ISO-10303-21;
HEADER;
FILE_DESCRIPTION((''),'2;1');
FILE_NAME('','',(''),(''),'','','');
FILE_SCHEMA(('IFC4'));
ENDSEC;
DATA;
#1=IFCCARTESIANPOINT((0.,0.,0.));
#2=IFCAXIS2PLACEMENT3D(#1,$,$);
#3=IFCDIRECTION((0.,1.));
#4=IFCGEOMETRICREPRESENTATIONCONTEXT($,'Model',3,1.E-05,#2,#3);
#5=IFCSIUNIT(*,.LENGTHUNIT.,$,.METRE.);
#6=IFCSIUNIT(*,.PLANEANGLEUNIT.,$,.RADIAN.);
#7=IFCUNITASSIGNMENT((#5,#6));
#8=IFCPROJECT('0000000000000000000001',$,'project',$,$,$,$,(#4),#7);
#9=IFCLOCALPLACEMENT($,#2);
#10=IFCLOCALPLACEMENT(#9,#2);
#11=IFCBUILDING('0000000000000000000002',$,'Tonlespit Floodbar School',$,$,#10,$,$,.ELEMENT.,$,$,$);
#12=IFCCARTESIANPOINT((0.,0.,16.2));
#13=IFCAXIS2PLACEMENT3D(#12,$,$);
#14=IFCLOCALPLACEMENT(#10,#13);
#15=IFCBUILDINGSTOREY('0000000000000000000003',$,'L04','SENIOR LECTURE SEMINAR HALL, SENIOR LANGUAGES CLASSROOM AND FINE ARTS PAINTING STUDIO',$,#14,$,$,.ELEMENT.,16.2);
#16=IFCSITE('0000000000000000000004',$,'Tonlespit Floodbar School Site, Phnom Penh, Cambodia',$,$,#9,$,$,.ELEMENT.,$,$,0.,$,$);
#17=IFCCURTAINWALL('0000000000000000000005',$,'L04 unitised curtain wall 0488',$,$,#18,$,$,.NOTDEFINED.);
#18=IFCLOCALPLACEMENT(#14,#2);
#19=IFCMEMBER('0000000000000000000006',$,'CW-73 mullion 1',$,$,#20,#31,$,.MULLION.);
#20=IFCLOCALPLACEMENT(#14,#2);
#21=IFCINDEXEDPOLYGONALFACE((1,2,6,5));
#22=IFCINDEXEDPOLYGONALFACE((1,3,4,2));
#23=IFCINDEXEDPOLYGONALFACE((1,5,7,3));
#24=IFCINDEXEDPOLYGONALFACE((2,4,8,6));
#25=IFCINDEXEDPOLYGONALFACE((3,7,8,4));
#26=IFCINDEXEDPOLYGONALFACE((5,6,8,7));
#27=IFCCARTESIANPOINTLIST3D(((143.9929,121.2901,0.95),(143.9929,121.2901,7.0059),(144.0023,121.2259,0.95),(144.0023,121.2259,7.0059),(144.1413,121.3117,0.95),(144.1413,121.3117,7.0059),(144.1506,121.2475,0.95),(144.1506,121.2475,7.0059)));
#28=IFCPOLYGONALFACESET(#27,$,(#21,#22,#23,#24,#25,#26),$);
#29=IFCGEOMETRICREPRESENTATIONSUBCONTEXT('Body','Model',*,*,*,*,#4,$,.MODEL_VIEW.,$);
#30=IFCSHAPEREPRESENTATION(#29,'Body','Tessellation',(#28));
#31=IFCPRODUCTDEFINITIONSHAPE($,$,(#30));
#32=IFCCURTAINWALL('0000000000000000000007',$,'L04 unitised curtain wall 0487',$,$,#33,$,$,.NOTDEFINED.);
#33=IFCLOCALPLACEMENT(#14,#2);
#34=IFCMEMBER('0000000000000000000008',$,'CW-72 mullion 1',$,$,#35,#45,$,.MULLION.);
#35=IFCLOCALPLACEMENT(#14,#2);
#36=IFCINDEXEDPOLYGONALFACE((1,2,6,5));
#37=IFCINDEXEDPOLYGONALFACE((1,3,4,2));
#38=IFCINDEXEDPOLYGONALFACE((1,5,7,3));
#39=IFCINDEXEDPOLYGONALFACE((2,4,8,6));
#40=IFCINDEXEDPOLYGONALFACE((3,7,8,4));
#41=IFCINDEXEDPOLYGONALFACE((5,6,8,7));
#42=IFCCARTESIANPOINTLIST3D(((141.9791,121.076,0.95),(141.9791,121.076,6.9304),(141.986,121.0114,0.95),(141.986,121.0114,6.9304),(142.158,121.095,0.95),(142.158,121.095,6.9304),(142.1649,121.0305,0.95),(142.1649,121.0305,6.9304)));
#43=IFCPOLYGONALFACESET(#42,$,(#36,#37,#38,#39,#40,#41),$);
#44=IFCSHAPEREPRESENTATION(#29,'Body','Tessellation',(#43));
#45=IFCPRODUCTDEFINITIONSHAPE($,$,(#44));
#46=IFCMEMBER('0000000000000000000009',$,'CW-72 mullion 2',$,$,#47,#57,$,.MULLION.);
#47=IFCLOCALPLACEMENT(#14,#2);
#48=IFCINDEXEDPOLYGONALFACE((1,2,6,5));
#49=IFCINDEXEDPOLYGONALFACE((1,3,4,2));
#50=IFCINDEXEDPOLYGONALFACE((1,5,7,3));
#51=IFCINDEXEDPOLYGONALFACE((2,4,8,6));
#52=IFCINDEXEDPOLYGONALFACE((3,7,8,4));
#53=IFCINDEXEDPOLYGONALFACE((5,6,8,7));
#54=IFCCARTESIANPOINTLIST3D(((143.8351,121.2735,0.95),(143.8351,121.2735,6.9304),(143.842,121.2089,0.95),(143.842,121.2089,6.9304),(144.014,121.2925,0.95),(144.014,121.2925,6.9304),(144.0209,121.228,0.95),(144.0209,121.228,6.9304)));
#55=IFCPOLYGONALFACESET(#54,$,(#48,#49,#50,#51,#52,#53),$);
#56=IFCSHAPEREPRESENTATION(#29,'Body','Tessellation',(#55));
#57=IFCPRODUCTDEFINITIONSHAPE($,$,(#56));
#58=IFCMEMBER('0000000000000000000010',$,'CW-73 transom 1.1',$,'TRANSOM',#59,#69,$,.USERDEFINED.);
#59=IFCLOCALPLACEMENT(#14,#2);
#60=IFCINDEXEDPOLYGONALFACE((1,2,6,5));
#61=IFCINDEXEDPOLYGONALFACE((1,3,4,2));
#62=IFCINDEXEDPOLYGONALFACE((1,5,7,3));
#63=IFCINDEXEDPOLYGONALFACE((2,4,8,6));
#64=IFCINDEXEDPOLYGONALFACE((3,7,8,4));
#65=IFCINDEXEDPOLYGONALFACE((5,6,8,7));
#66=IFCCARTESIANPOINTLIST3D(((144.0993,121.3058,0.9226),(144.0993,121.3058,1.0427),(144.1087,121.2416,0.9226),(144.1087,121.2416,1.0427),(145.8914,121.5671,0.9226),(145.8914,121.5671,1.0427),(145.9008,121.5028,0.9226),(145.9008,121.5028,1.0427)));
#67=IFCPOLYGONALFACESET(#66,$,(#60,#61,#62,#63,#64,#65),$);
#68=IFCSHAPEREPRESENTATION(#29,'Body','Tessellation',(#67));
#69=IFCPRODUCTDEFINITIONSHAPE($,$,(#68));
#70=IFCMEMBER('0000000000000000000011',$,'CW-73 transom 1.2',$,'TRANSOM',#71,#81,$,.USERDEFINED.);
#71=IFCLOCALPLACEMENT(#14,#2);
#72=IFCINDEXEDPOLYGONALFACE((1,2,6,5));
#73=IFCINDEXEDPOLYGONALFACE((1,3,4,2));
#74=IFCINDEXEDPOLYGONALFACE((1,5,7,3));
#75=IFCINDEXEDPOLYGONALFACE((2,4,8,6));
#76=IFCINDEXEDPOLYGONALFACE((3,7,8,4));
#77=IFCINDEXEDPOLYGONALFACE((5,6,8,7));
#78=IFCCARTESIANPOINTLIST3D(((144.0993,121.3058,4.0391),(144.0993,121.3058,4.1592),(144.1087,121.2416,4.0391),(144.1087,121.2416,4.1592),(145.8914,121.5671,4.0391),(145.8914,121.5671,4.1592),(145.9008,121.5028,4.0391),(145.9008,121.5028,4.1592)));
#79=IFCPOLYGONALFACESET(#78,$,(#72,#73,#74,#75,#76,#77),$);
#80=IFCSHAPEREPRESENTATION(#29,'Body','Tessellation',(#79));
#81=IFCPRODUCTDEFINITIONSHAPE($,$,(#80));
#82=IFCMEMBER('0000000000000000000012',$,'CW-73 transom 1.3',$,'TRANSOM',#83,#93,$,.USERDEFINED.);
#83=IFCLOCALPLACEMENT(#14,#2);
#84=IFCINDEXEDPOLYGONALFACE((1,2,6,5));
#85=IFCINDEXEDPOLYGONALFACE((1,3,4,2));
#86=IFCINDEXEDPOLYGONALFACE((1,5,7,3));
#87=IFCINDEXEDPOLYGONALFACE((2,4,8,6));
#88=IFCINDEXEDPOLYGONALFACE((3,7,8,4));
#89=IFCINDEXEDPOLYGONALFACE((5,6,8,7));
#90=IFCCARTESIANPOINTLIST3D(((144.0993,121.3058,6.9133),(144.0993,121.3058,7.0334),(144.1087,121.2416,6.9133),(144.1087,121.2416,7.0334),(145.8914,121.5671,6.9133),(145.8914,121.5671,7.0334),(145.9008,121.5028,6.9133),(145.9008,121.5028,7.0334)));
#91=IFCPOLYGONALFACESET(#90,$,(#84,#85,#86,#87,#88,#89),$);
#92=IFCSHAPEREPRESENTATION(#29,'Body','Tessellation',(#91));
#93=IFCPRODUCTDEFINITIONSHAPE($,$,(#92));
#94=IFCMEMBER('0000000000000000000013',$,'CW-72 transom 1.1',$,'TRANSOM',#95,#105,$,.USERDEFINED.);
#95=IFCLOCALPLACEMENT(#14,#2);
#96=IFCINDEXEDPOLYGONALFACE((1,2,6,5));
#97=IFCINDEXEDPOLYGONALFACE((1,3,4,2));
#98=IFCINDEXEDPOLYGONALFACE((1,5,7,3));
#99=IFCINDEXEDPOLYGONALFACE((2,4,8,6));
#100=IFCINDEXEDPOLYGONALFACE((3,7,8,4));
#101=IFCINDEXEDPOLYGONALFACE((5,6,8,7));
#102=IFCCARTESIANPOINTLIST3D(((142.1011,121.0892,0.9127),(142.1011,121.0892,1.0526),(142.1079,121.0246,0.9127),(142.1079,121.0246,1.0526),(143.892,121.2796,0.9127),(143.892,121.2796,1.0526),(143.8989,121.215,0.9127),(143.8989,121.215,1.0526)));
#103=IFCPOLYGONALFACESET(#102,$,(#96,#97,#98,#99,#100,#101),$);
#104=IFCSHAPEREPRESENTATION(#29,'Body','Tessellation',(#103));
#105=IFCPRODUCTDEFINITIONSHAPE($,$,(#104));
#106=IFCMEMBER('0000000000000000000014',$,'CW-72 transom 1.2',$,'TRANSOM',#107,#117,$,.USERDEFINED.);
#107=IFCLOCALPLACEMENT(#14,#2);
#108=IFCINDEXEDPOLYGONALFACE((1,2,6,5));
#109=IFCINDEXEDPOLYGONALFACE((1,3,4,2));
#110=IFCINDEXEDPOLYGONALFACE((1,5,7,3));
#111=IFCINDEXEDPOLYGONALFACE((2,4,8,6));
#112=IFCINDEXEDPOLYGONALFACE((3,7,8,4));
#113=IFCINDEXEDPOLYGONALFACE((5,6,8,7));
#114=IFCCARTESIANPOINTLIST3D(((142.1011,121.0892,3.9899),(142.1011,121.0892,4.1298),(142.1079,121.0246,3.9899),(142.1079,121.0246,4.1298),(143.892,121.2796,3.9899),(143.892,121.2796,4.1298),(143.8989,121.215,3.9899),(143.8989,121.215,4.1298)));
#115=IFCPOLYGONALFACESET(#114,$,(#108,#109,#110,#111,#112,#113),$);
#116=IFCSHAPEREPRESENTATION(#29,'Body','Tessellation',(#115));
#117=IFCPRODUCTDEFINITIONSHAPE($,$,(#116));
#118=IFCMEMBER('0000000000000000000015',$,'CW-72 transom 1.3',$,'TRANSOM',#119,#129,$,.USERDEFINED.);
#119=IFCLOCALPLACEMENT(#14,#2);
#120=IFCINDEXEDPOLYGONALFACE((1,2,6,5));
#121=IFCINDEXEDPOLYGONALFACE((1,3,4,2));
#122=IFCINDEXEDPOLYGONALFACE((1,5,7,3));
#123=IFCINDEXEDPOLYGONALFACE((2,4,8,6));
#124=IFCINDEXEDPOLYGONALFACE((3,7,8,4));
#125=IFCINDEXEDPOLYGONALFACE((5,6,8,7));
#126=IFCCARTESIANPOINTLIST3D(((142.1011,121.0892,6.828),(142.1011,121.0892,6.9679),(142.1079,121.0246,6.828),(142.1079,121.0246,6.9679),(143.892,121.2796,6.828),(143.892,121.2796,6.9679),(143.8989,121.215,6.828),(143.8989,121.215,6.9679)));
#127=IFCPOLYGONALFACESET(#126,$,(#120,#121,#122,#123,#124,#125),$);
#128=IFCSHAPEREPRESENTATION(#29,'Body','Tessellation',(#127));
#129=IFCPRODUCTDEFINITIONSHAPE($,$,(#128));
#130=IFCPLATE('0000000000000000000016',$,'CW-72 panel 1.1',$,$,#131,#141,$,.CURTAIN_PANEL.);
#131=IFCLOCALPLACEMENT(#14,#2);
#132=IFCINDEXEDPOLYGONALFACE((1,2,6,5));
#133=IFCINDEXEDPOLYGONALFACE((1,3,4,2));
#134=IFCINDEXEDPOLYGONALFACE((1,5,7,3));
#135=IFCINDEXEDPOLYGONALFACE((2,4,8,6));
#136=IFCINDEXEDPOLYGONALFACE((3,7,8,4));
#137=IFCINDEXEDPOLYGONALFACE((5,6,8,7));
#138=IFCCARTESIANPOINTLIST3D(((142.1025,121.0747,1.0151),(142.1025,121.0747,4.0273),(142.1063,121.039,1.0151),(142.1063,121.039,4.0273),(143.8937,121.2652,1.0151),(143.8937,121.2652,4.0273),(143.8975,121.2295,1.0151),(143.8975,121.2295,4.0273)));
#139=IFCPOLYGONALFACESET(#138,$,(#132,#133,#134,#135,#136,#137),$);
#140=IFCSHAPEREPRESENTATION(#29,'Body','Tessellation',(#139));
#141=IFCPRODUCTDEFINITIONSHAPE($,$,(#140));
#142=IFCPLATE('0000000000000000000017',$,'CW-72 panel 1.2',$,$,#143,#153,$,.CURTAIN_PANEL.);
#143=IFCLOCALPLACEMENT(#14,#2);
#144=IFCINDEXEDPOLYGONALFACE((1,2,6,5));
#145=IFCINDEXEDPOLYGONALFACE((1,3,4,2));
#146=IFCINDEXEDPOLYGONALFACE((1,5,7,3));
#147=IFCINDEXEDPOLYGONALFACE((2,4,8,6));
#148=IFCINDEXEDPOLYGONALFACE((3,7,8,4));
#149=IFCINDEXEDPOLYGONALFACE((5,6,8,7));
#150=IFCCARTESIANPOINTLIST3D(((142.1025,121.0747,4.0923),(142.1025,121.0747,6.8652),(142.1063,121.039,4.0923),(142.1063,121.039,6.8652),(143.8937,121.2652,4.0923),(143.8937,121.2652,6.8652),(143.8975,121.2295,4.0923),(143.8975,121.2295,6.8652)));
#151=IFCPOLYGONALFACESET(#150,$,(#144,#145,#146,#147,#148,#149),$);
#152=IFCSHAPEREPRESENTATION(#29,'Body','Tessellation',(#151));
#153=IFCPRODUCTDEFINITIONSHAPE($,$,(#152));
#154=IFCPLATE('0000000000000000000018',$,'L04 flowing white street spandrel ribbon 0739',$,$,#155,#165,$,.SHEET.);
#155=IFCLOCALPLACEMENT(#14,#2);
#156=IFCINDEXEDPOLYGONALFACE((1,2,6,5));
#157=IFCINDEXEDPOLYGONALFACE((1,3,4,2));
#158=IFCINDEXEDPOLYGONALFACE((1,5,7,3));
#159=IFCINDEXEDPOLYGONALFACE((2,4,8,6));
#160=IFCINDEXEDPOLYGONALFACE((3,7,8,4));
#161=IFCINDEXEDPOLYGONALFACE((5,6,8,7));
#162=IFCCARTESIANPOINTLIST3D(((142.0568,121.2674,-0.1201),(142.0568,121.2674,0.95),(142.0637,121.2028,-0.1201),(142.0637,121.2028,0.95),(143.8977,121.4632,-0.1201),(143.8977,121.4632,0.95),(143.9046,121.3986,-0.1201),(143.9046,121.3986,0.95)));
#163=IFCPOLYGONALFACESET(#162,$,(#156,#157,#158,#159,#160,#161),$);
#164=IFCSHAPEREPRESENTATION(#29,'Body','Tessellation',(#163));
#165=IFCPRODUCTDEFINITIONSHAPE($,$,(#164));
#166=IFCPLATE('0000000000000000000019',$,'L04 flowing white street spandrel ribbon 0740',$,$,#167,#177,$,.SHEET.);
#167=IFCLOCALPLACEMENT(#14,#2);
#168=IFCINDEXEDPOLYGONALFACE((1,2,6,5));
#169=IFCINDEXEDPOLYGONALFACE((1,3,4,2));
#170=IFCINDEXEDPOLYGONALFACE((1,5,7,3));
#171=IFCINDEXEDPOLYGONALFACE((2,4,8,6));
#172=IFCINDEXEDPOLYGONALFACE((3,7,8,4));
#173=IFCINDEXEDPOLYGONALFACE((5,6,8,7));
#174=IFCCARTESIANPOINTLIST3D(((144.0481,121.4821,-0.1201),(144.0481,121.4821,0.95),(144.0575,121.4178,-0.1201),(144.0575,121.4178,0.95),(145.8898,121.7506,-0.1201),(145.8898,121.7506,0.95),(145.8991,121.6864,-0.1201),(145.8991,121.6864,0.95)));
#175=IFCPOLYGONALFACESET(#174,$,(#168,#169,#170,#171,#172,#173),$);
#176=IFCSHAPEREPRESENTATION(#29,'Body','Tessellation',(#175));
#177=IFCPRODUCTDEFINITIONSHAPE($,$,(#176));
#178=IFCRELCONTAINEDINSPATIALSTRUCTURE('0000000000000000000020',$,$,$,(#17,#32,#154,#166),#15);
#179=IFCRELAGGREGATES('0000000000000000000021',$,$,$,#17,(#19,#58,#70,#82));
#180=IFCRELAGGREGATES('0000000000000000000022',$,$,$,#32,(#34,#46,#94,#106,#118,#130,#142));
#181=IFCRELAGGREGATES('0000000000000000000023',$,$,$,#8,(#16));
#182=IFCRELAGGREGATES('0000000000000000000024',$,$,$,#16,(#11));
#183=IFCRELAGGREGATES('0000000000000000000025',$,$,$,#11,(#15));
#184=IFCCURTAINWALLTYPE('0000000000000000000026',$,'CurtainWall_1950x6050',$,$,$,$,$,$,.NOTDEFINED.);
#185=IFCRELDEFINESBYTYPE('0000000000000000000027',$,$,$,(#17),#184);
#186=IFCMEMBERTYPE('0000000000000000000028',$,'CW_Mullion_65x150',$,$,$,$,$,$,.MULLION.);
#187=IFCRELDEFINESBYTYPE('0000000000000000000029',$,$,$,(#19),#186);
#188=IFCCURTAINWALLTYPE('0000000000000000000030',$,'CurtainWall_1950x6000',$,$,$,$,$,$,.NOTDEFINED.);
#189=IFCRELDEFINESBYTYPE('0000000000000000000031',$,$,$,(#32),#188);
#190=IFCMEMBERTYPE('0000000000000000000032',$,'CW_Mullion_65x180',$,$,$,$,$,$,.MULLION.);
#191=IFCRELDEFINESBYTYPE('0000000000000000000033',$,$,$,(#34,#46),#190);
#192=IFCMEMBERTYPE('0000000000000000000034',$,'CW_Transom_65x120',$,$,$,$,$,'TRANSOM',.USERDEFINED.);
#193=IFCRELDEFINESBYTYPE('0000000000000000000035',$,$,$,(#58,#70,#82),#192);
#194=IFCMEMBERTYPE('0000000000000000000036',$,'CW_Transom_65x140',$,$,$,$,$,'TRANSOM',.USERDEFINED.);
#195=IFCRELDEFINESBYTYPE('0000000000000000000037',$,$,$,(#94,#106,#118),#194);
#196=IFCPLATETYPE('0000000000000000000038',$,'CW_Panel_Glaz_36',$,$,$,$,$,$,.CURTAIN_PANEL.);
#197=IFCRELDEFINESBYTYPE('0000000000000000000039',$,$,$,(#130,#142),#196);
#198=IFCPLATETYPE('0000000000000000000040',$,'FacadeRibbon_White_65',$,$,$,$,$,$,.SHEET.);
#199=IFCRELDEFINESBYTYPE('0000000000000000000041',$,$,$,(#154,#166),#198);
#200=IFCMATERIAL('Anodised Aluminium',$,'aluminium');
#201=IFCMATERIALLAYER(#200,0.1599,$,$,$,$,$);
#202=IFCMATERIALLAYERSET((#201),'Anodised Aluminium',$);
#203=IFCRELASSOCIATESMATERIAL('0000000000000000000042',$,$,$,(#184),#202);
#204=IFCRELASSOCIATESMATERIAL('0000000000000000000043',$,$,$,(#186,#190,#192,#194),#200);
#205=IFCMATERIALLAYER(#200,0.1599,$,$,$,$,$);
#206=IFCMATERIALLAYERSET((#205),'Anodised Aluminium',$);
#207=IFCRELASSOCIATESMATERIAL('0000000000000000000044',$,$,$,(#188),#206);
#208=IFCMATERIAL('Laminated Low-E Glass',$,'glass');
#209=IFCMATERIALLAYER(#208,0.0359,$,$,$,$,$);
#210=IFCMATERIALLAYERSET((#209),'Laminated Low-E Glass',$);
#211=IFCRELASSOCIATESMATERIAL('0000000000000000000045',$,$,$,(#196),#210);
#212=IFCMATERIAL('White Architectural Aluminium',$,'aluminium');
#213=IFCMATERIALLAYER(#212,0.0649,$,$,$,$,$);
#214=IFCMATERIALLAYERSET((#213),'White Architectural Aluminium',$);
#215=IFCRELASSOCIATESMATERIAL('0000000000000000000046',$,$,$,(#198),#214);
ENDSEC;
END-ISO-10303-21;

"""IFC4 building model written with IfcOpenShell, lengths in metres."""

from ifc_helpers import new_model, si_unit, direction, frame, origin, origin_2d, place, context, subcontext, project, spatial, rectangle, extrude, material, layer, layer_set, material_profile, profile_set, type_object, element, aggregate, save


model = new_model("IFC4")

# Units and contexts
model_context = context("Model", 3, precision=1e-05, world=origin(), true_north=direction((0.0, 1.0)))
body_context = subcontext(model_context, "Body", "Model", "MODEL_VIEW")
ifc_project = project(units=[si_unit("LENGTHUNIT", "METRE"), si_unit("PLANEANGLEUNIT", "RADIAN")], contexts=[model_context])

# Site, building, storey
site_placement = place(None, origin())
site = spatial("IfcSite", under=ifc_project, at=site_placement, Name="Tonlespit Floodbar School Site, Phnom Penh, Cambodia", CompositionType="ELEMENT", RefElevation=0.0)
building_placement = place(site_placement, origin())
building = spatial("IfcBuilding", under=site, at=building_placement, Name="Tonlespit Floodbar School", CompositionType="ELEMENT")
storey_placement = place(building_placement, frame((0.0, 0.0, 16.2)))
storey = spatial("IfcBuildingStorey", under=building, at=storey_placement, Name="L04", Description="SENIOR LECTURE SEMINAR HALL, SENIOR LANGUAGES CLASSROOM AND FINE ARTS PAINTING STUDIO", CompositionType="ELEMENT", Elevation=16.2)

# Curtain wall, member
ifc_material_1 = material(Name="Anodised Aluminium", Category="aluminium")
ifc_layer_1 = layer(ifc_material_1, 0.1599)
ifc_layer_set_1 = layer_set([ifc_layer_1], Name="Anodised Aluminium")
curtain_wall_type_1 = type_object("IfcCurtainWallType", Name="CurtainWall_1950x6050", PredefinedType="NOTDEFINED", material=ifc_layer_set_1)
curtain_wall_1_placement = place(storey_placement, origin())
curtain_wall_1 = element("IfcCurtainWall", 1, at=curtain_wall_1_placement, inside=storey, type_object=curtain_wall_type_1, Name="L04 unitised curtain wall 0488", PredefinedType="NOTDEFINED")
ifc_material_profile_1 = material_profile(ifc_material_1, rectangle(XDim=0.0649, YDim=0.1499, at=origin_2d()), Name="ALU M65x150")
ifc_profile_set_1 = profile_set([ifc_material_profile_1], Name="Anodised Aluminium")
member_type_1 = type_object("IfcMemberType", Name="CW_Mullion_65x150", PredefinedType="MULLION", material=ifc_profile_set_1)
member_1_placement = place(storey_placement, frame((144.0718, 121.2688, 0.95), z_axis=(0.0, 0.0, 1.0), x_axis=(-0.144248, 0.989542, 0.0)))
member_1 = element("IfcMember", 2, at=member_1_placement, type_object=member_type_1, Name="CW-73 mullion 1", PredefinedType="MULLION", context=body_context, shape_type="SweptSolid", body=[
    extrude(rectangle(XDim=0.0649, YDim=0.1499, at=origin_2d()), origin(), (0.0, 0.0, 1.0), 6.0559),
])

# Curtain wall, members
ifc_layer_2 = layer(ifc_material_1, 0.1599)
ifc_layer_set_2 = layer_set([ifc_layer_2], Name="Anodised Aluminium")
curtain_wall_type_2 = type_object("IfcCurtainWallType", Name="CurtainWall_1950x6000", PredefinedType="NOTDEFINED", material=ifc_layer_set_2)
curtain_wall_2_placement = place(storey_placement, origin())
curtain_wall_2 = element("IfcCurtainWall", 3, at=curtain_wall_2_placement, inside=storey, type_object=curtain_wall_type_2, Name="L04 unitised curtain wall 0487", PredefinedType="NOTDEFINED")
ifc_material_profile_2 = material_profile(ifc_material_1, rectangle(XDim=0.0649, YDim=0.1799, at=origin_2d()), Name="ALU M65x180")
ifc_profile_set_2 = profile_set([ifc_material_profile_2], Name="Anodised Aluminium")
member_type_2 = type_object("IfcMemberType", Name="CW_Mullion_65x180", PredefinedType="MULLION", material=ifc_profile_set_2)
member_2_placement = place(storey_placement, frame((142.072, 121.0532, 0.95), z_axis=(0.0, 0.0, 1.0), x_axis=(-0.105787, 0.994389, 0.0)))
member_2 = element("IfcMember", 4, at=member_2_placement, type_object=member_type_2, Name="CW-72 mullion 1", PredefinedType="MULLION", context=body_context, shape_type="SweptSolid", body=[
    extrude(rectangle(XDim=0.0649, YDim=0.1799, at=origin_2d()), origin(), (0.0, 0.0, 1.0), 5.9805),
])
member_3_placement = place(storey_placement, frame((143.928, 121.2507, 0.95), z_axis=(0.0, 0.0, 1.0), x_axis=(-0.105787, 0.994389, 0.0)))
member_3 = element("IfcMember", 5, at=member_3_placement, type_object=member_type_2, Name="CW-72 mullion 2", PredefinedType="MULLION", context=body_context, shape_type="SweptSolid", body=[
    extrude(rectangle(XDim=0.0649, YDim=0.1799, at=origin_2d()), origin(), (0.0, 0.0, 1.0), 5.9805),
])

# Members
ifc_material_profile_3 = material_profile(ifc_material_1, rectangle(XDim=0.0649, YDim=0.1201, at=origin_2d()), Name="ALU T65x120")
ifc_profile_set_3 = profile_set([ifc_material_profile_3], Name="Anodised Aluminium")
member_type_3 = type_object("IfcMemberType", Name="CW_Transom_65x120", ElementType="TRANSOM", PredefinedType="USERDEFINED", material=ifc_profile_set_3)
member_4_placement = place(storey_placement, frame((144.104, 121.2737, 0.9827), z_axis=(0.989541, 0.144252, 0.0), x_axis=(-0.144252, 0.989541, 0.0)))
member_4 = element("IfcMember", 6, at=member_4_placement, type_object=member_type_3, Name="CW-73 transom 1.1", ObjectType="TRANSOM", PredefinedType="USERDEFINED", context=body_context, shape_type="SweptSolid", body=[
    extrude(rectangle(XDim=0.0649, YDim=0.1201, at=origin_2d()), origin(), (0.0, 0.0, 1.0), 1.811),
])
member_5_placement = place(storey_placement, frame((144.104, 121.2737, 4.0991), z_axis=(0.989541, 0.144252, 0.0), x_axis=(-0.144252, 0.989541, 0.0)))
member_5 = element("IfcMember", 7, at=member_5_placement, type_object=member_type_3, Name="CW-73 transom 1.2", ObjectType="TRANSOM", PredefinedType="USERDEFINED", context=body_context, shape_type="SweptSolid", body=[
    extrude(rectangle(XDim=0.0649, YDim=0.1201, at=origin_2d()), origin(), (0.0, 0.0, 1.0), 1.811),
])
member_6_placement = place(storey_placement, frame((144.104, 121.2737, 6.9734), z_axis=(0.989541, 0.144252, 0.0), x_axis=(-0.144252, 0.989541, 0.0)))
member_6 = element("IfcMember", 8, at=member_6_placement, type_object=member_type_3, Name="CW-73 transom 1.3", ObjectType="TRANSOM", PredefinedType="USERDEFINED", context=body_context, shape_type="SweptSolid", body=[
    extrude(rectangle(XDim=0.0649, YDim=0.1201, at=origin_2d()), origin(), (0.0, 0.0, 1.0), 1.811),
])
aggregate(curtain_wall_1, [member_1, member_4, member_5, member_6])
ifc_material_profile_4 = material_profile(ifc_material_1, rectangle(XDim=0.0649, YDim=0.1399, at=origin_2d()), Name="ALU T65x140")
ifc_profile_set_4 = profile_set([ifc_material_profile_4], Name="Anodised Aluminium")
member_type_4 = type_object("IfcMemberType", Name="CW_Transom_65x140", ElementType="TRANSOM", PredefinedType="USERDEFINED", material=ifc_profile_set_4)
member_7_placement = place(storey_placement, frame((142.1045, 121.0569, 0.9827), z_axis=(0.994395, 0.105729, 0.0), x_axis=(-0.105729, 0.994395, 0.0)))
member_7 = element("IfcMember", 9, at=member_7_placement, type_object=member_type_4, Name="CW-72 transom 1.1", ObjectType="TRANSOM", PredefinedType="USERDEFINED", context=body_context, shape_type="SweptSolid", body=[
    extrude(rectangle(XDim=0.0649, YDim=0.1399, at=origin_2d()), origin(), (0.0, 0.0, 1.0), 1.801),
])
member_8_placement = place(storey_placement, frame((142.1045, 121.0569, 4.0598), z_axis=(0.994395, 0.105729, 0.0), x_axis=(-0.105729, 0.994395, 0.0)))
member_8 = element("IfcMember", 10, at=member_8_placement, type_object=member_type_4, Name="CW-72 transom 1.2", ObjectType="TRANSOM", PredefinedType="USERDEFINED", context=body_context, shape_type="SweptSolid", body=[
    extrude(rectangle(XDim=0.0649, YDim=0.1399, at=origin_2d()), origin(), (0.0, 0.0, 1.0), 1.801),
])
member_9_placement = place(storey_placement, frame((142.1045, 121.0569, 6.8979), z_axis=(0.994395, 0.105729, 0.0), x_axis=(-0.105729, 0.994395, 0.0)))
member_9 = element("IfcMember", 11, at=member_9_placement, type_object=member_type_4, Name="CW-72 transom 1.3", ObjectType="TRANSOM", PredefinedType="USERDEFINED", context=body_context, shape_type="SweptSolid", body=[
    extrude(rectangle(XDim=0.0649, YDim=0.1399, at=origin_2d()), origin(), (0.0, 0.0, 1.0), 1.801),
])

# Plates
ifc_material_2 = material(Name="Laminated Low-E Glass", Category="glass")
ifc_layer_3 = layer(ifc_material_2, 0.0359)
ifc_layer_set_3 = layer_set([ifc_layer_3], Name="Laminated Low-E Glass")
plate_type_1 = type_object("IfcPlateType", Name="CW_Panel_Glaz_36", PredefinedType="CURTAIN_PANEL", material=ifc_layer_set_3)
plate_1_placement = place(storey_placement, frame((143.0, 121.1521, 1.0151), z_axis=(0.0, 0.0, 1.0), x_axis=(0.994389, 0.105787, 0.0)))
plate_1 = element("IfcPlate", 12, at=plate_1_placement, type_object=plate_type_1, Name="CW-72 panel 1.1", PredefinedType="CURTAIN_PANEL", context=body_context, shape_type="SweptSolid", body=[
    extrude(rectangle(XDim=1.8013, YDim=0.0359, at=origin_2d()), origin(), (0.0, 0.0, 1.0), 3.0122),
])
plate_2_placement = place(storey_placement, frame((143.0, 121.1521, 4.0923), z_axis=(0.0, 0.0, 1.0), x_axis=(0.994389, 0.105787, 0.0)))
plate_2 = element("IfcPlate", 13, at=plate_2_placement, type_object=plate_type_1, Name="CW-72 panel 1.2", PredefinedType="CURTAIN_PANEL", context=body_context, shape_type="SweptSolid", body=[
    extrude(rectangle(XDim=1.8013, YDim=0.0359, at=origin_2d()), origin(), (0.0, 0.0, 1.0), 2.7729),
])
aggregate(curtain_wall_2, [member_2, member_3, member_7, member_8, member_9, plate_1, plate_2])

# Plates
ifc_material_3 = material(Name="White Architectural Aluminium", Category="aluminium")
ifc_layer_4 = layer(ifc_material_3, 0.0649)
ifc_layer_set_4 = layer_set([ifc_layer_4], Name="White Architectural Aluminium")
plate_type_2 = type_object("IfcPlateType", Name="FacadeRibbon_White_65", PredefinedType="SHEET", material=ifc_layer_set_4)
plate_3_placement = place(storey_placement, frame((142.9807, 121.333, -0.1201), z_axis=(0.0, 0.0, 1.0), x_axis=(0.994392, 0.105754, 0.0)))
element("IfcPlate", 14, at=plate_3_placement, inside=storey, type_object=plate_type_2, Name="L04 flowing white street spandrel ribbon 0739", PredefinedType="SHEET", context=body_context, shape_type="SweptSolid", body=[
    extrude(rectangle(XDim=1.8513, YDim=0.0649, at=origin_2d()), origin(), (0.0, 0.0, 1.0), 1.0701),
])
plate_4_placement = place(storey_placement, frame((144.9736, 121.5842, -0.1201), z_axis=(0.0, 0.0, 1.0), x_axis=(0.989538, 0.144275, 0.0)))
element("IfcPlate", 15, at=plate_4_placement, inside=storey, type_object=plate_type_2, Name="L04 flowing white street spandrel ribbon 0740", PredefinedType="SHEET", context=body_context, shape_type="SweptSolid", body=[
    extrude(rectangle(XDim=1.8611, YDim=0.0649, at=origin_2d()), origin(), (0.0, 0.0, 1.0), 1.0701),
])

save(model, "model.ifc")
